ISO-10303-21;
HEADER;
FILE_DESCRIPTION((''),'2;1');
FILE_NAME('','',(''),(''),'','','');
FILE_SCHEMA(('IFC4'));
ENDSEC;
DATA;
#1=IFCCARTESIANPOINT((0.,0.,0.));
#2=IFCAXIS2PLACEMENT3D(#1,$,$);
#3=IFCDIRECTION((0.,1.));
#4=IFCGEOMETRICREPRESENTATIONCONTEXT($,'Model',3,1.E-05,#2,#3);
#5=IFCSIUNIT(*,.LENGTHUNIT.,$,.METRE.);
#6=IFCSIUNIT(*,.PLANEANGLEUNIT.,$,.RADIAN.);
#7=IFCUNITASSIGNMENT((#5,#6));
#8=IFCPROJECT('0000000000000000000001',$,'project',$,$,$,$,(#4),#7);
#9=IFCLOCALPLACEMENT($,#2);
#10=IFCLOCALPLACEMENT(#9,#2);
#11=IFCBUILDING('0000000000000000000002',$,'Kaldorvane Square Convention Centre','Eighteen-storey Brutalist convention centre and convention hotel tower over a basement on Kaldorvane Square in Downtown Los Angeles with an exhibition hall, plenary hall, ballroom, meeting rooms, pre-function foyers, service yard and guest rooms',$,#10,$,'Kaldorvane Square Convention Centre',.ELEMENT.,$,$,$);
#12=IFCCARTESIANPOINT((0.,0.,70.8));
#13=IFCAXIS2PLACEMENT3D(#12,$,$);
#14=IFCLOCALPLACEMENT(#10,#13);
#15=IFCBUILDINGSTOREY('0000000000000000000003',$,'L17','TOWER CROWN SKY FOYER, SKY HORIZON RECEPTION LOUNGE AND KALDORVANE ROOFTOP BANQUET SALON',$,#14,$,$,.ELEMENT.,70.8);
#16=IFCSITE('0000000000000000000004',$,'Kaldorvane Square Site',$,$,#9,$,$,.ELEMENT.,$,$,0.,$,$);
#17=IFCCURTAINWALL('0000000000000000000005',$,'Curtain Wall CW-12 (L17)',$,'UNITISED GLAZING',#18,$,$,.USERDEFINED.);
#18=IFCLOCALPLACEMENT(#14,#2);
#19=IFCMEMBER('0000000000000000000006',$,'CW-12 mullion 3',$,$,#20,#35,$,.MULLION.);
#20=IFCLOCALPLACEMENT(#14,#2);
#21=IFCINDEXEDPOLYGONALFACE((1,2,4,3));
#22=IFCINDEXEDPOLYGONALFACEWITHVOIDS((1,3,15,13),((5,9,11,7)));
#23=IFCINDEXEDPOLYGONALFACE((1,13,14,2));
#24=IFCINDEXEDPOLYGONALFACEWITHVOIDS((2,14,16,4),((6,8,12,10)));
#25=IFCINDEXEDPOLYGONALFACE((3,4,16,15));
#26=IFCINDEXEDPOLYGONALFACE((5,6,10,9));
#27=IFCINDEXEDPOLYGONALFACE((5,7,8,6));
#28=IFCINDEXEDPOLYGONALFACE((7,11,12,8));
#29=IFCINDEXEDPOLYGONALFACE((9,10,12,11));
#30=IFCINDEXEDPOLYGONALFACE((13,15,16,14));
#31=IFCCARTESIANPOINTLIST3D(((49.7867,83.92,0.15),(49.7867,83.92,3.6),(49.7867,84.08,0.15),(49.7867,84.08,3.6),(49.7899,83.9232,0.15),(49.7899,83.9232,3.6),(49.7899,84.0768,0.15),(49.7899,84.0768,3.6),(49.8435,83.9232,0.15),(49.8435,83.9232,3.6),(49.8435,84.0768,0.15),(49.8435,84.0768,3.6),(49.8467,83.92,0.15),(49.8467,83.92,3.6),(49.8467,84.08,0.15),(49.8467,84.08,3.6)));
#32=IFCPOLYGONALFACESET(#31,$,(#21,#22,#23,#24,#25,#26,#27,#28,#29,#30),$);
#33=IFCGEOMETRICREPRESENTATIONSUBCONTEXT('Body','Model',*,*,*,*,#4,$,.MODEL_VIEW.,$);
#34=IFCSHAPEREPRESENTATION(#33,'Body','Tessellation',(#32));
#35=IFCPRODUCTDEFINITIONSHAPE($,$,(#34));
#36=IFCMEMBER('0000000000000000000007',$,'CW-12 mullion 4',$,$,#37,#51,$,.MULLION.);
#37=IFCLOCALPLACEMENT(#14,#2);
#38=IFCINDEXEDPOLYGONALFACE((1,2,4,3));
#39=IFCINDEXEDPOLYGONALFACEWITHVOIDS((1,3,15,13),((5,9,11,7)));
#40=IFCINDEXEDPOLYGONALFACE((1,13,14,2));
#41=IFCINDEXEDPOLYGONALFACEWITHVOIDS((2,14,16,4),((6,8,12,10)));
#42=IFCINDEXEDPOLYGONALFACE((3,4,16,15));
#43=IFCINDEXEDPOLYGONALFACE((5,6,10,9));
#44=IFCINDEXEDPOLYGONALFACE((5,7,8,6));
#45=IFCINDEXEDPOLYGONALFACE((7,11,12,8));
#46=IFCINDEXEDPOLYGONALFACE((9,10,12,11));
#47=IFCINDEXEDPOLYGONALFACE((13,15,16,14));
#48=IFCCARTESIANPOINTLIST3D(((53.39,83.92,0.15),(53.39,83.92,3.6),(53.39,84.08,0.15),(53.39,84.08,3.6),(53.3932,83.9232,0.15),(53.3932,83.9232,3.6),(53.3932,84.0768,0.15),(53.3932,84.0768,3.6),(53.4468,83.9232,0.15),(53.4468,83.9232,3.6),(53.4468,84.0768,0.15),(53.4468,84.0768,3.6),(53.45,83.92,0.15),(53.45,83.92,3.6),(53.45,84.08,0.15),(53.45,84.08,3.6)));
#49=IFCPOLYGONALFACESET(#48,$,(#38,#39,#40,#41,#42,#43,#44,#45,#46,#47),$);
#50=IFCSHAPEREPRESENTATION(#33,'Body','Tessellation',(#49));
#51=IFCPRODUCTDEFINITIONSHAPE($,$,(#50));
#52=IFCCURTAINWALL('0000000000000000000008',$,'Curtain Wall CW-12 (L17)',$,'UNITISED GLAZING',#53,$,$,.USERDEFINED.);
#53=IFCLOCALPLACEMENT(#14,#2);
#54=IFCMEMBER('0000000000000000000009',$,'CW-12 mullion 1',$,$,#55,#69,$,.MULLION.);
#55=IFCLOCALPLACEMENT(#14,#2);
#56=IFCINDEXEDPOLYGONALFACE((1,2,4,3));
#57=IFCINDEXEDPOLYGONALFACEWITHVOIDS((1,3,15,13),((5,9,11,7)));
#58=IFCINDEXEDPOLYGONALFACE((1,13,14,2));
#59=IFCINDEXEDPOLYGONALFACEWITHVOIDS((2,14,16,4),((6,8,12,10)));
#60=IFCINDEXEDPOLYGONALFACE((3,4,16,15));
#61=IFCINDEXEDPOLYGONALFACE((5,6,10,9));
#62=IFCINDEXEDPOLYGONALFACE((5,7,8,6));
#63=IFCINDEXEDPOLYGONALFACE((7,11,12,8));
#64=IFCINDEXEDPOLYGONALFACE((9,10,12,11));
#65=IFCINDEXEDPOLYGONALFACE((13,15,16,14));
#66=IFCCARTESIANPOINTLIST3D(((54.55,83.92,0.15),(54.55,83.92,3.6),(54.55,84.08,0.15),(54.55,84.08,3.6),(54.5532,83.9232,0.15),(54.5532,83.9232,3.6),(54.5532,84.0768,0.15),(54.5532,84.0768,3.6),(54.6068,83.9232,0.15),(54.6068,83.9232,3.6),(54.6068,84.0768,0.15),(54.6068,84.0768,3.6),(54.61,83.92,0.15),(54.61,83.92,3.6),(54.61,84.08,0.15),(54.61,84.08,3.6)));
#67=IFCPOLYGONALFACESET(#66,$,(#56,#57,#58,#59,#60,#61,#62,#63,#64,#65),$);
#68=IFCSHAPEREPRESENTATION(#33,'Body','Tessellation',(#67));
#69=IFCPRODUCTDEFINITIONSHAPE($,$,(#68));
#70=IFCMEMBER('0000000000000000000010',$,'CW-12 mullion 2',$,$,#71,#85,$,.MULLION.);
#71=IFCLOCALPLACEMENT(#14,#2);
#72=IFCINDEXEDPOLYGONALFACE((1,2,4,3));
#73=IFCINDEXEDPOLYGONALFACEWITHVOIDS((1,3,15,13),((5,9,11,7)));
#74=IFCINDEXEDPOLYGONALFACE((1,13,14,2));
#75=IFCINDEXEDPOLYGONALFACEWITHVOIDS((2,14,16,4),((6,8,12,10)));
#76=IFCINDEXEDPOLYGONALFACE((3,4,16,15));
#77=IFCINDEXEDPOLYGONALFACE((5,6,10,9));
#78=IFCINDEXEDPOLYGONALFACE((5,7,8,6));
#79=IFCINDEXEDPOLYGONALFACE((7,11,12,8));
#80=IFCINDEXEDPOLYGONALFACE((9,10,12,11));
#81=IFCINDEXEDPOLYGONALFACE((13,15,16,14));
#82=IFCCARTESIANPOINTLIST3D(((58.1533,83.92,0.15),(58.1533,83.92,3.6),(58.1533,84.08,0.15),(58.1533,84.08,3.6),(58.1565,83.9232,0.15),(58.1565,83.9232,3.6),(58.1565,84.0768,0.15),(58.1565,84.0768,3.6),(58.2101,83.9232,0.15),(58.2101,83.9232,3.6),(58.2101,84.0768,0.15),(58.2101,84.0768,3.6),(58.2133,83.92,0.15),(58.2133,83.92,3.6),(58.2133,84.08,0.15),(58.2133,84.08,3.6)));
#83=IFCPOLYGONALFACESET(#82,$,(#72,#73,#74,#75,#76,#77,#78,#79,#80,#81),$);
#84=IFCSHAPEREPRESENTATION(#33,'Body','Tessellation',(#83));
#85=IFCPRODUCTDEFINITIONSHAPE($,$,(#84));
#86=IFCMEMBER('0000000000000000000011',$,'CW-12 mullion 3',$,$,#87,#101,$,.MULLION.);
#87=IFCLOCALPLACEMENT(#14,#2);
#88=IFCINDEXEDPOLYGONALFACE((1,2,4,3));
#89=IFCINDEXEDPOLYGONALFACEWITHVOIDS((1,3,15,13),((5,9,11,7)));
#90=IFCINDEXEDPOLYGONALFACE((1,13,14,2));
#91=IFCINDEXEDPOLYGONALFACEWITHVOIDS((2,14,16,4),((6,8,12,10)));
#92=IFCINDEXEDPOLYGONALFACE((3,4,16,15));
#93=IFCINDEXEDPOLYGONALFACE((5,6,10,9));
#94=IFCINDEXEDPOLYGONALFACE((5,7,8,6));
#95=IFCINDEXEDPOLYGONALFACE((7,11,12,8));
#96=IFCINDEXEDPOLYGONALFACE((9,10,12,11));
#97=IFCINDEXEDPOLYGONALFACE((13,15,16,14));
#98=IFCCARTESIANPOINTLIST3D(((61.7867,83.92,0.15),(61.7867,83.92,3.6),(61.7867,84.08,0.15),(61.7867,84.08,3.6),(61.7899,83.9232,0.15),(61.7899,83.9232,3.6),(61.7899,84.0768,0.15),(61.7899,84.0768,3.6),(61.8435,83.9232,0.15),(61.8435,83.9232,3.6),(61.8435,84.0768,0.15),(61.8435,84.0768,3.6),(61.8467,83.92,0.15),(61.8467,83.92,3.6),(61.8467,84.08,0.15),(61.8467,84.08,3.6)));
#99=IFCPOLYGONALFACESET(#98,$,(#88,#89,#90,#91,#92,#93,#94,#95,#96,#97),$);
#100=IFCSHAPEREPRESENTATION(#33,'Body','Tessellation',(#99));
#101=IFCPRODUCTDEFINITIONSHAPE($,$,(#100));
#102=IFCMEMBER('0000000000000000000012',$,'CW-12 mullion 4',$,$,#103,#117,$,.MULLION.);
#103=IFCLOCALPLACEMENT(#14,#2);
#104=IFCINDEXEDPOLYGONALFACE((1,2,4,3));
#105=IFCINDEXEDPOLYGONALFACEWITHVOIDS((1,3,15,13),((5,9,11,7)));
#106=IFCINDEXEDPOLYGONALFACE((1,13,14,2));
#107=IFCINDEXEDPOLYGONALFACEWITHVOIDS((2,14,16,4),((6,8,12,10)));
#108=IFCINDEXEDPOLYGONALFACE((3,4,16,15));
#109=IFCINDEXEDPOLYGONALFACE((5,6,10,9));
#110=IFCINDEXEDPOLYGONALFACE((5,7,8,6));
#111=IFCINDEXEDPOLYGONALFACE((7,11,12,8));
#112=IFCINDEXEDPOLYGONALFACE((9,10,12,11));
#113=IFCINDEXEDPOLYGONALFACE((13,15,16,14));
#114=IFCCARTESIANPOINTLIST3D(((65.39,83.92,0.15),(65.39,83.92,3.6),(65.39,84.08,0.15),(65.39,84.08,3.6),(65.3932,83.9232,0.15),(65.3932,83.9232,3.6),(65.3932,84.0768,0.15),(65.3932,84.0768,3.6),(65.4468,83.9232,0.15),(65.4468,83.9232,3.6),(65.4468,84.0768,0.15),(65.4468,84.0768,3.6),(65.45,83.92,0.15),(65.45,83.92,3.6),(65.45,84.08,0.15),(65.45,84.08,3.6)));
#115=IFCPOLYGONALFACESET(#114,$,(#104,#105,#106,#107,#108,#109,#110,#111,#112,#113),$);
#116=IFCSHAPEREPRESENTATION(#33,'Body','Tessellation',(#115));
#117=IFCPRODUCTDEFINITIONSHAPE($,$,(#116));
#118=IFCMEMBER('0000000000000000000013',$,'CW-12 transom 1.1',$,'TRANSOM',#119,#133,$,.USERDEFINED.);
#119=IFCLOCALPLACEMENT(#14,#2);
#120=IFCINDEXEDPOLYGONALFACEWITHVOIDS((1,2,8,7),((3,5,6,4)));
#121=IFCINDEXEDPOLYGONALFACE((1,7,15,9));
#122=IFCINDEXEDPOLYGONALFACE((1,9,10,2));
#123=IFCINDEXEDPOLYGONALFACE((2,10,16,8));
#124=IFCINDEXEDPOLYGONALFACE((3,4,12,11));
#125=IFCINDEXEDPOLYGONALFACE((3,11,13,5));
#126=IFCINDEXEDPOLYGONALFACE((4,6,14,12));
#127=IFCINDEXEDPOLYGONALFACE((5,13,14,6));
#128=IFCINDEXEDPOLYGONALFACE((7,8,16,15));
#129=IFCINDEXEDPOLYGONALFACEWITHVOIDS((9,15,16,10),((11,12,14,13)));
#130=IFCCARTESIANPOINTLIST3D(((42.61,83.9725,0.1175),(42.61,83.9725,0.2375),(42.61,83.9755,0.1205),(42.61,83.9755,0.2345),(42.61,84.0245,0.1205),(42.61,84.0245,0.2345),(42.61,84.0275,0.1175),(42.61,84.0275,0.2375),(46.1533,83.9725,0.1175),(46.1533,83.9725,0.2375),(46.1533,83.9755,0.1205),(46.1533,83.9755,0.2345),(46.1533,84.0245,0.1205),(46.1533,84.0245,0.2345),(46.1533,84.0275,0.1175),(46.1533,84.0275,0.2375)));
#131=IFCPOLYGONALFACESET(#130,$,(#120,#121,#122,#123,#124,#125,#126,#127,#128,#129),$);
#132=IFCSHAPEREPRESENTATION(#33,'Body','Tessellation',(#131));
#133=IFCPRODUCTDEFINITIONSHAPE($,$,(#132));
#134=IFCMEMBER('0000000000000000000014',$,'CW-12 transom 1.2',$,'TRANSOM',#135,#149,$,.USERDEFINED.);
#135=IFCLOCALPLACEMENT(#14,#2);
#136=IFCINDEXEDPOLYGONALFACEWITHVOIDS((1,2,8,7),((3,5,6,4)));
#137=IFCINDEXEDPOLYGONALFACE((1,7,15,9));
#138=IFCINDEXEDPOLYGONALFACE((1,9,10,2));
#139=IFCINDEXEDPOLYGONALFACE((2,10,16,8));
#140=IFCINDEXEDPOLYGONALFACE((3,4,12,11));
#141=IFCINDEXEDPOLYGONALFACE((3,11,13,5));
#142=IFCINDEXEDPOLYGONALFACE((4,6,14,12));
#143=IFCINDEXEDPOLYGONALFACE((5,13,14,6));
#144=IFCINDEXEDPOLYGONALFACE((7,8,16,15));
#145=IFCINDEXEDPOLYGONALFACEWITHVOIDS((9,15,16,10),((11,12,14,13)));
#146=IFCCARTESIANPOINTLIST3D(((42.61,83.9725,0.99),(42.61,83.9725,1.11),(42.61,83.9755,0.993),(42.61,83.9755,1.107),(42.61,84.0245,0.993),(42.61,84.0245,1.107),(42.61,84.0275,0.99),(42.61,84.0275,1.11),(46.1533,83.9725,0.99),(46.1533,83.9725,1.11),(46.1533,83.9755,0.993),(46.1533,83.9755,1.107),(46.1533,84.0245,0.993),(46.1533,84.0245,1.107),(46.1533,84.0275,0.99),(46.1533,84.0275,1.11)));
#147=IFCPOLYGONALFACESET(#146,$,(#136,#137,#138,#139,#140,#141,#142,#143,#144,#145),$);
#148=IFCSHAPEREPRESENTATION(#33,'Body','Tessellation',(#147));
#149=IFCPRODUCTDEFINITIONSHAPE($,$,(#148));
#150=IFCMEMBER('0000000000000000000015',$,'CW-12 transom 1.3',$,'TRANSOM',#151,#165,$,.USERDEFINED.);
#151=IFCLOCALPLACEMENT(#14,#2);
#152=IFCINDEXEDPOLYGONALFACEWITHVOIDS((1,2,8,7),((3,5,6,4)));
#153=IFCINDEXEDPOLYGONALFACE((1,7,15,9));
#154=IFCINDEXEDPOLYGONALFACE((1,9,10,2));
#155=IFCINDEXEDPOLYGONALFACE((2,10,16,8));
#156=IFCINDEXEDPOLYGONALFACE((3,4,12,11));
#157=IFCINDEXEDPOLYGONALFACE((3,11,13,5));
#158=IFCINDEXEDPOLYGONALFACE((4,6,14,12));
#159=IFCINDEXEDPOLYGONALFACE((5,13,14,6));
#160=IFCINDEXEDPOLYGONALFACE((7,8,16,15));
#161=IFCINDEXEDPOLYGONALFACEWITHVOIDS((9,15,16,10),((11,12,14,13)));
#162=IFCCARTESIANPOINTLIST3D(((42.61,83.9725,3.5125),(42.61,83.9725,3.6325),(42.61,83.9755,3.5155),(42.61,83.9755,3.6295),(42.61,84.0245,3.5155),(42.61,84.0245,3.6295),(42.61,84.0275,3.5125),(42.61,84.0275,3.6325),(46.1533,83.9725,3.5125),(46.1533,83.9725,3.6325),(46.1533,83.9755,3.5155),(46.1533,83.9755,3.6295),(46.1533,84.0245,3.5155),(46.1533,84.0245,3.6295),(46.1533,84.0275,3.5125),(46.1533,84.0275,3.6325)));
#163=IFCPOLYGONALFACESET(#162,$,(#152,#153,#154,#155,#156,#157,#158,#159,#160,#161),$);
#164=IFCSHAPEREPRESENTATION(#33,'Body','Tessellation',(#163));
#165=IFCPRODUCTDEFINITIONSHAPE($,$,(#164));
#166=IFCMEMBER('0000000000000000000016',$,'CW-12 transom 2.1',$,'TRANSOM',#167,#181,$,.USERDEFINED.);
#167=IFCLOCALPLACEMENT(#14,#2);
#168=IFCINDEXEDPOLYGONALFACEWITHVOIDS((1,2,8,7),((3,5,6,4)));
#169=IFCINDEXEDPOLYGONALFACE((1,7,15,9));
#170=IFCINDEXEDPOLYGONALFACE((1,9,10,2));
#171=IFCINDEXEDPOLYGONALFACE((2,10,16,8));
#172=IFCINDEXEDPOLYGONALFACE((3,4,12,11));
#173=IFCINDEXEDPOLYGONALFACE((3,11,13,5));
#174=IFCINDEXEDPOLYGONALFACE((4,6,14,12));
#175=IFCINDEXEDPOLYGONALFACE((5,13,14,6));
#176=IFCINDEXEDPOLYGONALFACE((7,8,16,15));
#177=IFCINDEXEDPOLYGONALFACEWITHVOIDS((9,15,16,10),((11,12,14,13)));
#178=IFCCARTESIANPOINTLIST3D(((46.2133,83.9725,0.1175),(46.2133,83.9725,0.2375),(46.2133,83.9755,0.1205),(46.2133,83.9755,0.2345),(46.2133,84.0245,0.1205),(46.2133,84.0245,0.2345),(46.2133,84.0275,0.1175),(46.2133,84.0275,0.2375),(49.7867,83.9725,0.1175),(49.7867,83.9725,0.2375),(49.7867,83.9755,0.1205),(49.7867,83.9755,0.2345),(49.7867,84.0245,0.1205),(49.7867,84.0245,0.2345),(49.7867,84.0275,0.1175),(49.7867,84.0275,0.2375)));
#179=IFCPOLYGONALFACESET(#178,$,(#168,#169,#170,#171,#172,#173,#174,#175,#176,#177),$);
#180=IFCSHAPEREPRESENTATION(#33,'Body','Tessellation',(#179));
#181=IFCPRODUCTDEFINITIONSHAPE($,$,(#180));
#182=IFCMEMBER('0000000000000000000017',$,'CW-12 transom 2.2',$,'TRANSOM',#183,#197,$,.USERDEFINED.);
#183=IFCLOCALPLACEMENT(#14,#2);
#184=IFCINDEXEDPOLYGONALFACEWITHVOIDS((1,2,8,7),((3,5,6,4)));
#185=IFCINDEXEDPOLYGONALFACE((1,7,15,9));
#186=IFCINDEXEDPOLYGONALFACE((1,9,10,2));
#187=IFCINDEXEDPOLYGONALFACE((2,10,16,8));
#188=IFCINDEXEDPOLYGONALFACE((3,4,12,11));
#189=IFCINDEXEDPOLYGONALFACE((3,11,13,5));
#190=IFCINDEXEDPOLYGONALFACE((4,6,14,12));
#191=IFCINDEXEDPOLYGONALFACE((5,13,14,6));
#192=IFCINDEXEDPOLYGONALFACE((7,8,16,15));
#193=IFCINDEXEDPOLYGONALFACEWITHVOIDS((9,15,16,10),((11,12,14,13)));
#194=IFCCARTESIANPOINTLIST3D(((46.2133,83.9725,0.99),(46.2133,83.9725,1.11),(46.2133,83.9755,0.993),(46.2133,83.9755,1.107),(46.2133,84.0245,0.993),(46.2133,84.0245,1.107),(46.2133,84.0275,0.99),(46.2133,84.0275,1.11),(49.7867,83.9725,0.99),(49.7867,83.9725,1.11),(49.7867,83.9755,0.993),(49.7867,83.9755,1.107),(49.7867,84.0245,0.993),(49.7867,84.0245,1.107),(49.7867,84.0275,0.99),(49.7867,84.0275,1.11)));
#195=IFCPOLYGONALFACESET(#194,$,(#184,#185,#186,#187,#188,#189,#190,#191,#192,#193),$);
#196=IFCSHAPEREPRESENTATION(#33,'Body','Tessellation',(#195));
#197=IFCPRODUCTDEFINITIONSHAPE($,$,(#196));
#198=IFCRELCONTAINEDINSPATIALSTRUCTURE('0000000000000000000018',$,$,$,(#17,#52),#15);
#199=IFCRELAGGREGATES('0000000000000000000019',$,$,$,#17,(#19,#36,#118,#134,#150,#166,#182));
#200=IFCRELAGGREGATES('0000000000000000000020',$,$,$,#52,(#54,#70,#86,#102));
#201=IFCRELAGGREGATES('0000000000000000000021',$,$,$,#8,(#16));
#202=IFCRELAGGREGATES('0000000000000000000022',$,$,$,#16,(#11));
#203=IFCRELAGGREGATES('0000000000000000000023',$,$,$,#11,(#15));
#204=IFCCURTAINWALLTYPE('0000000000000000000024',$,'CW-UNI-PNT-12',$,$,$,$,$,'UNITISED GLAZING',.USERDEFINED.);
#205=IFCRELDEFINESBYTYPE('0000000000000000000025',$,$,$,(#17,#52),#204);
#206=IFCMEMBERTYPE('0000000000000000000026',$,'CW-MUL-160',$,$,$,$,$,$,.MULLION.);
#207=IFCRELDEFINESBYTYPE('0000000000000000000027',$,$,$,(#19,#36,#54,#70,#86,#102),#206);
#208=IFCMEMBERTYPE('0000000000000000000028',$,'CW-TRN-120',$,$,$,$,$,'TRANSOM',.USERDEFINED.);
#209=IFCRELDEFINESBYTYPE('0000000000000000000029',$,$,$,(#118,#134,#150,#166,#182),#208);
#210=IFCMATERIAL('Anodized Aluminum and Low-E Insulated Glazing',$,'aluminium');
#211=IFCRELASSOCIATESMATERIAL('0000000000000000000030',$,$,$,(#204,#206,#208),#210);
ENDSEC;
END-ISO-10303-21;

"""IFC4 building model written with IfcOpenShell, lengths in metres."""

from ifc_helpers import new_model, si_unit, direction, frame, origin, origin_2d, place, context, subcontext, project, spatial, hollow_rectangle, extrude, material, material_profile, profile_set, type_object, element, aggregate, save


model = new_model("IFC4")

# Units and contexts
model_context = context("Model", 3, precision=1e-05, world=origin(), true_north=direction((0.0, 1.0)))
body_context = subcontext(model_context, "Body", "Model", "MODEL_VIEW")
ifc_project = project(units=[si_unit("LENGTHUNIT", "METRE"), si_unit("PLANEANGLEUNIT", "RADIAN")], contexts=[model_context])

# Site, building, storey
site_placement = place(None, origin())
site = spatial("IfcSite", under=ifc_project, at=site_placement, Name="Kaldorvane Square Site", CompositionType="ELEMENT", RefElevation=0.0)
building_placement = place(site_placement, origin())
building = spatial("IfcBuilding", under=site, at=building_placement, Name="Kaldorvane Square Convention Centre", Description="Eighteen-storey Brutalist convention centre and convention hotel tower over a basement on Kaldorvane Square in Downtown Los Angeles with an exhibition hall, plenary hall, ballroom, meeting rooms, pre-function foyers, service yard and guest rooms", LongName="Kaldorvane Square Convention Centre", CompositionType="ELEMENT")
storey_placement = place(building_placement, frame((0.0, 0.0, 70.8)))
storey = spatial("IfcBuildingStorey", under=building, at=storey_placement, Name="L17", Description="TOWER CROWN SKY FOYER, SKY HORIZON RECEPTION LOUNGE AND KALDORVANE ROOFTOP BANQUET SALON", CompositionType="ELEMENT", Elevation=70.8)

# Curtain walls, members
ifc_material_1 = material(Name="Anodized Aluminum and Low-E Insulated Glazing", Category="aluminium")
curtain_wall_type = type_object("IfcCurtainWallType", Name="CW-UNI-PNT-12", ElementType="UNITISED GLAZING", PredefinedType="USERDEFINED", material=ifc_material_1)
curtain_wall_1_placement = place(storey_placement, origin())
curtain_wall_1 = element("IfcCurtainWall", 1, at=curtain_wall_1_placement, inside=storey, type_object=curtain_wall_type, Name="Curtain Wall CW-12 (L17)", ObjectType="UNITISED GLAZING", PredefinedType="USERDEFINED")
ifc_material_profile_1 = material_profile(ifc_material_1, hollow_rectangle(XDim=0.06, YDim=0.16, WallThickness=0.0032, at=origin_2d()), Name="CWM-160X60")
ifc_profile_set_1 = profile_set([ifc_material_profile_1], Name="Anodized Aluminum and Low-E Insulated Glazing")
member_type_1 = type_object("IfcMemberType", Name="CW-MUL-160", PredefinedType="MULLION", material=ifc_profile_set_1)
member_1_placement = place(storey_placement, frame((49.8167, 84.0, 0.15), z_axis=(0.0, 0.0, 1.0), x_axis=(1.0, 0.0, 0.0)))
member_1 = element("IfcMember", 2, at=member_1_placement, type_object=member_type_1, Name="CW-12 mullion 3", PredefinedType="MULLION", context=body_context, shape_type="SweptSolid", body=[
    extrude(hollow_rectangle(XDim=0.06, YDim=0.16, WallThickness=0.0032, at=origin_2d()), origin(), (0.0, 0.0, 1.0), 3.45),
])
member_2_placement = place(storey_placement, frame((53.42, 84.0, 0.15), z_axis=(0.0, 0.0, 1.0), x_axis=(1.0, 0.0, 0.0)))
member_2 = element("IfcMember", 3, at=member_2_placement, type_object=member_type_1, Name="CW-12 mullion 4", PredefinedType="MULLION", context=body_context, shape_type="SweptSolid", body=[
    extrude(hollow_rectangle(XDim=0.06, YDim=0.16, WallThickness=0.0032, at=origin_2d()), origin(), (0.0, 0.0, 1.0), 3.45),
])
curtain_wall_2_placement = place(storey_placement, origin())
curtain_wall_2 = element("IfcCurtainWall", 4, at=curtain_wall_2_placement, inside=storey, type_object=curtain_wall_type, Name="Curtain Wall CW-12 (L17)", ObjectType="UNITISED GLAZING", PredefinedType="USERDEFINED")
member_3_placement = place(storey_placement, frame((54.58, 84.0, 0.15), z_axis=(0.0, 0.0, 1.0), x_axis=(1.0, 0.0, 0.0)))
member_3 = element("IfcMember", 5, at=member_3_placement, type_object=member_type_1, Name="CW-12 mullion 1", PredefinedType="MULLION", context=body_context, shape_type="SweptSolid", body=[
    extrude(hollow_rectangle(XDim=0.06, YDim=0.16, WallThickness=0.0032, at=origin_2d()), origin(), (0.0, 0.0, 1.0), 3.45),
])
member_4_placement = place(storey_placement, frame((58.1833, 84.0, 0.15), z_axis=(0.0, 0.0, 1.0), x_axis=(1.0, 0.0, 0.0)))
member_4 = element("IfcMember", 6, at=member_4_placement, type_object=member_type_1, Name="CW-12 mullion 2", PredefinedType="MULLION", context=body_context, shape_type="SweptSolid", body=[
    extrude(hollow_rectangle(XDim=0.06, YDim=0.16, WallThickness=0.0032, at=origin_2d()), origin(), (0.0, 0.0, 1.0), 3.45),
])
member_5_placement = place(storey_placement, frame((61.8167, 84.0, 0.15), z_axis=(0.0, 0.0, 1.0), x_axis=(1.0, 0.0, 0.0)))
member_5 = element("IfcMember", 7, at=member_5_placement, type_object=member_type_1, Name="CW-12 mullion 3", PredefinedType="MULLION", context=body_context, shape_type="SweptSolid", body=[
    extrude(hollow_rectangle(XDim=0.06, YDim=0.16, WallThickness=0.0032, at=origin_2d()), origin(), (0.0, 0.0, 1.0), 3.45),
])
member_6_placement = place(storey_placement, frame((65.42, 84.0, 0.15), z_axis=(0.0, 0.0, 1.0), x_axis=(1.0, 0.0, 0.0)))
member_6 = element("IfcMember", 8, at=member_6_placement, type_object=member_type_1, Name="CW-12 mullion 4", PredefinedType="MULLION", context=body_context, shape_type="SweptSolid", body=[
    extrude(hollow_rectangle(XDim=0.06, YDim=0.16, WallThickness=0.0032, at=origin_2d()), origin(), (0.0, 0.0, 1.0), 3.45),
])

# Members
ifc_material_profile_2 = material_profile(ifc_material_1, hollow_rectangle(XDim=0.055, YDim=0.12, WallThickness=0.003, at=origin_2d()), Name="CWT-120X55")
ifc_profile_set_2 = profile_set([ifc_material_profile_2], Name="Anodized Aluminum and Low-E Insulated Glazing")
member_type_2 = type_object("IfcMemberType", Name="CW-TRN-120", ElementType="TRANSOM", PredefinedType="USERDEFINED", material=ifc_profile_set_2)
member_7_placement = place(storey_placement, frame((42.61, 84.0, 0.1775), z_axis=(1.0, 0.0, 0.0), x_axis=(0.0, 1.0, 0.0)))
member_7 = element("IfcMember", 9, at=member_7_placement, type_object=member_type_2, Name="CW-12 transom 1.1", ObjectType="TRANSOM", PredefinedType="USERDEFINED", context=body_context, shape_type="SweptSolid", body=[
    extrude(hollow_rectangle(XDim=0.055, YDim=0.12, WallThickness=0.003, at=origin_2d()), origin(), (0.0, 0.0, 1.0), 3.5433),
])
member_8_placement = place(storey_placement, frame((42.61, 84.0, 1.05), z_axis=(1.0, 0.0, 0.0), x_axis=(0.0, 1.0, 0.0)))
member_8 = element("IfcMember", 10, at=member_8_placement, type_object=member_type_2, Name="CW-12 transom 1.2", ObjectType="TRANSOM", PredefinedType="USERDEFINED", context=body_context, shape_type="SweptSolid", body=[
    extrude(hollow_rectangle(XDim=0.055, YDim=0.12, WallThickness=0.003, at=origin_2d()), origin(), (0.0, 0.0, 1.0), 3.5433),
])
member_9_placement = place(storey_placement, frame((42.61, 84.0, 3.5725), z_axis=(1.0, 0.0, 0.0), x_axis=(0.0, 1.0, 0.0)))
member_9 = element("IfcMember", 11, at=member_9_placement, type_object=member_type_2, Name="CW-12 transom 1.3", ObjectType="TRANSOM", PredefinedType="USERDEFINED", context=body_context, shape_type="SweptSolid", body=[
    extrude(hollow_rectangle(XDim=0.055, YDim=0.12, WallThickness=0.003, at=origin_2d()), origin(), (0.0, 0.0, 1.0), 3.5433),
])
member_10_placement = place(storey_placement, frame((46.2133, 84.0, 0.1775), z_axis=(1.0, 0.0, 0.0), x_axis=(0.0, 1.0, 0.0)))
member_10 = element("IfcMember", 12, at=member_10_placement, type_object=member_type_2, Name="CW-12 transom 2.1", ObjectType="TRANSOM", PredefinedType="USERDEFINED", context=body_context, shape_type="SweptSolid", body=[
    extrude(hollow_rectangle(XDim=0.055, YDim=0.12, WallThickness=0.003, at=origin_2d()), origin(), (0.0, 0.0, 1.0), 3.5733),
])
member_11_placement = place(storey_placement, frame((46.2133, 84.0, 1.05), z_axis=(1.0, 0.0, 0.0), x_axis=(0.0, 1.0, 0.0)))
member_11 = element("IfcMember", 13, at=member_11_placement, type_object=member_type_2, Name="CW-12 transom 2.2", ObjectType="TRANSOM", PredefinedType="USERDEFINED", context=body_context, shape_type="SweptSolid", body=[
    extrude(hollow_rectangle(XDim=0.055, YDim=0.12, WallThickness=0.003, at=origin_2d()), origin(), (0.0, 0.0, 1.0), 3.5733),
])

aggregate(curtain_wall_1, [member_1, member_2, member_7, member_8, member_9, member_10, member_11])
aggregate(curtain_wall_2, [member_3, member_4, member_5, member_6])

save(model, "model.ifc")
